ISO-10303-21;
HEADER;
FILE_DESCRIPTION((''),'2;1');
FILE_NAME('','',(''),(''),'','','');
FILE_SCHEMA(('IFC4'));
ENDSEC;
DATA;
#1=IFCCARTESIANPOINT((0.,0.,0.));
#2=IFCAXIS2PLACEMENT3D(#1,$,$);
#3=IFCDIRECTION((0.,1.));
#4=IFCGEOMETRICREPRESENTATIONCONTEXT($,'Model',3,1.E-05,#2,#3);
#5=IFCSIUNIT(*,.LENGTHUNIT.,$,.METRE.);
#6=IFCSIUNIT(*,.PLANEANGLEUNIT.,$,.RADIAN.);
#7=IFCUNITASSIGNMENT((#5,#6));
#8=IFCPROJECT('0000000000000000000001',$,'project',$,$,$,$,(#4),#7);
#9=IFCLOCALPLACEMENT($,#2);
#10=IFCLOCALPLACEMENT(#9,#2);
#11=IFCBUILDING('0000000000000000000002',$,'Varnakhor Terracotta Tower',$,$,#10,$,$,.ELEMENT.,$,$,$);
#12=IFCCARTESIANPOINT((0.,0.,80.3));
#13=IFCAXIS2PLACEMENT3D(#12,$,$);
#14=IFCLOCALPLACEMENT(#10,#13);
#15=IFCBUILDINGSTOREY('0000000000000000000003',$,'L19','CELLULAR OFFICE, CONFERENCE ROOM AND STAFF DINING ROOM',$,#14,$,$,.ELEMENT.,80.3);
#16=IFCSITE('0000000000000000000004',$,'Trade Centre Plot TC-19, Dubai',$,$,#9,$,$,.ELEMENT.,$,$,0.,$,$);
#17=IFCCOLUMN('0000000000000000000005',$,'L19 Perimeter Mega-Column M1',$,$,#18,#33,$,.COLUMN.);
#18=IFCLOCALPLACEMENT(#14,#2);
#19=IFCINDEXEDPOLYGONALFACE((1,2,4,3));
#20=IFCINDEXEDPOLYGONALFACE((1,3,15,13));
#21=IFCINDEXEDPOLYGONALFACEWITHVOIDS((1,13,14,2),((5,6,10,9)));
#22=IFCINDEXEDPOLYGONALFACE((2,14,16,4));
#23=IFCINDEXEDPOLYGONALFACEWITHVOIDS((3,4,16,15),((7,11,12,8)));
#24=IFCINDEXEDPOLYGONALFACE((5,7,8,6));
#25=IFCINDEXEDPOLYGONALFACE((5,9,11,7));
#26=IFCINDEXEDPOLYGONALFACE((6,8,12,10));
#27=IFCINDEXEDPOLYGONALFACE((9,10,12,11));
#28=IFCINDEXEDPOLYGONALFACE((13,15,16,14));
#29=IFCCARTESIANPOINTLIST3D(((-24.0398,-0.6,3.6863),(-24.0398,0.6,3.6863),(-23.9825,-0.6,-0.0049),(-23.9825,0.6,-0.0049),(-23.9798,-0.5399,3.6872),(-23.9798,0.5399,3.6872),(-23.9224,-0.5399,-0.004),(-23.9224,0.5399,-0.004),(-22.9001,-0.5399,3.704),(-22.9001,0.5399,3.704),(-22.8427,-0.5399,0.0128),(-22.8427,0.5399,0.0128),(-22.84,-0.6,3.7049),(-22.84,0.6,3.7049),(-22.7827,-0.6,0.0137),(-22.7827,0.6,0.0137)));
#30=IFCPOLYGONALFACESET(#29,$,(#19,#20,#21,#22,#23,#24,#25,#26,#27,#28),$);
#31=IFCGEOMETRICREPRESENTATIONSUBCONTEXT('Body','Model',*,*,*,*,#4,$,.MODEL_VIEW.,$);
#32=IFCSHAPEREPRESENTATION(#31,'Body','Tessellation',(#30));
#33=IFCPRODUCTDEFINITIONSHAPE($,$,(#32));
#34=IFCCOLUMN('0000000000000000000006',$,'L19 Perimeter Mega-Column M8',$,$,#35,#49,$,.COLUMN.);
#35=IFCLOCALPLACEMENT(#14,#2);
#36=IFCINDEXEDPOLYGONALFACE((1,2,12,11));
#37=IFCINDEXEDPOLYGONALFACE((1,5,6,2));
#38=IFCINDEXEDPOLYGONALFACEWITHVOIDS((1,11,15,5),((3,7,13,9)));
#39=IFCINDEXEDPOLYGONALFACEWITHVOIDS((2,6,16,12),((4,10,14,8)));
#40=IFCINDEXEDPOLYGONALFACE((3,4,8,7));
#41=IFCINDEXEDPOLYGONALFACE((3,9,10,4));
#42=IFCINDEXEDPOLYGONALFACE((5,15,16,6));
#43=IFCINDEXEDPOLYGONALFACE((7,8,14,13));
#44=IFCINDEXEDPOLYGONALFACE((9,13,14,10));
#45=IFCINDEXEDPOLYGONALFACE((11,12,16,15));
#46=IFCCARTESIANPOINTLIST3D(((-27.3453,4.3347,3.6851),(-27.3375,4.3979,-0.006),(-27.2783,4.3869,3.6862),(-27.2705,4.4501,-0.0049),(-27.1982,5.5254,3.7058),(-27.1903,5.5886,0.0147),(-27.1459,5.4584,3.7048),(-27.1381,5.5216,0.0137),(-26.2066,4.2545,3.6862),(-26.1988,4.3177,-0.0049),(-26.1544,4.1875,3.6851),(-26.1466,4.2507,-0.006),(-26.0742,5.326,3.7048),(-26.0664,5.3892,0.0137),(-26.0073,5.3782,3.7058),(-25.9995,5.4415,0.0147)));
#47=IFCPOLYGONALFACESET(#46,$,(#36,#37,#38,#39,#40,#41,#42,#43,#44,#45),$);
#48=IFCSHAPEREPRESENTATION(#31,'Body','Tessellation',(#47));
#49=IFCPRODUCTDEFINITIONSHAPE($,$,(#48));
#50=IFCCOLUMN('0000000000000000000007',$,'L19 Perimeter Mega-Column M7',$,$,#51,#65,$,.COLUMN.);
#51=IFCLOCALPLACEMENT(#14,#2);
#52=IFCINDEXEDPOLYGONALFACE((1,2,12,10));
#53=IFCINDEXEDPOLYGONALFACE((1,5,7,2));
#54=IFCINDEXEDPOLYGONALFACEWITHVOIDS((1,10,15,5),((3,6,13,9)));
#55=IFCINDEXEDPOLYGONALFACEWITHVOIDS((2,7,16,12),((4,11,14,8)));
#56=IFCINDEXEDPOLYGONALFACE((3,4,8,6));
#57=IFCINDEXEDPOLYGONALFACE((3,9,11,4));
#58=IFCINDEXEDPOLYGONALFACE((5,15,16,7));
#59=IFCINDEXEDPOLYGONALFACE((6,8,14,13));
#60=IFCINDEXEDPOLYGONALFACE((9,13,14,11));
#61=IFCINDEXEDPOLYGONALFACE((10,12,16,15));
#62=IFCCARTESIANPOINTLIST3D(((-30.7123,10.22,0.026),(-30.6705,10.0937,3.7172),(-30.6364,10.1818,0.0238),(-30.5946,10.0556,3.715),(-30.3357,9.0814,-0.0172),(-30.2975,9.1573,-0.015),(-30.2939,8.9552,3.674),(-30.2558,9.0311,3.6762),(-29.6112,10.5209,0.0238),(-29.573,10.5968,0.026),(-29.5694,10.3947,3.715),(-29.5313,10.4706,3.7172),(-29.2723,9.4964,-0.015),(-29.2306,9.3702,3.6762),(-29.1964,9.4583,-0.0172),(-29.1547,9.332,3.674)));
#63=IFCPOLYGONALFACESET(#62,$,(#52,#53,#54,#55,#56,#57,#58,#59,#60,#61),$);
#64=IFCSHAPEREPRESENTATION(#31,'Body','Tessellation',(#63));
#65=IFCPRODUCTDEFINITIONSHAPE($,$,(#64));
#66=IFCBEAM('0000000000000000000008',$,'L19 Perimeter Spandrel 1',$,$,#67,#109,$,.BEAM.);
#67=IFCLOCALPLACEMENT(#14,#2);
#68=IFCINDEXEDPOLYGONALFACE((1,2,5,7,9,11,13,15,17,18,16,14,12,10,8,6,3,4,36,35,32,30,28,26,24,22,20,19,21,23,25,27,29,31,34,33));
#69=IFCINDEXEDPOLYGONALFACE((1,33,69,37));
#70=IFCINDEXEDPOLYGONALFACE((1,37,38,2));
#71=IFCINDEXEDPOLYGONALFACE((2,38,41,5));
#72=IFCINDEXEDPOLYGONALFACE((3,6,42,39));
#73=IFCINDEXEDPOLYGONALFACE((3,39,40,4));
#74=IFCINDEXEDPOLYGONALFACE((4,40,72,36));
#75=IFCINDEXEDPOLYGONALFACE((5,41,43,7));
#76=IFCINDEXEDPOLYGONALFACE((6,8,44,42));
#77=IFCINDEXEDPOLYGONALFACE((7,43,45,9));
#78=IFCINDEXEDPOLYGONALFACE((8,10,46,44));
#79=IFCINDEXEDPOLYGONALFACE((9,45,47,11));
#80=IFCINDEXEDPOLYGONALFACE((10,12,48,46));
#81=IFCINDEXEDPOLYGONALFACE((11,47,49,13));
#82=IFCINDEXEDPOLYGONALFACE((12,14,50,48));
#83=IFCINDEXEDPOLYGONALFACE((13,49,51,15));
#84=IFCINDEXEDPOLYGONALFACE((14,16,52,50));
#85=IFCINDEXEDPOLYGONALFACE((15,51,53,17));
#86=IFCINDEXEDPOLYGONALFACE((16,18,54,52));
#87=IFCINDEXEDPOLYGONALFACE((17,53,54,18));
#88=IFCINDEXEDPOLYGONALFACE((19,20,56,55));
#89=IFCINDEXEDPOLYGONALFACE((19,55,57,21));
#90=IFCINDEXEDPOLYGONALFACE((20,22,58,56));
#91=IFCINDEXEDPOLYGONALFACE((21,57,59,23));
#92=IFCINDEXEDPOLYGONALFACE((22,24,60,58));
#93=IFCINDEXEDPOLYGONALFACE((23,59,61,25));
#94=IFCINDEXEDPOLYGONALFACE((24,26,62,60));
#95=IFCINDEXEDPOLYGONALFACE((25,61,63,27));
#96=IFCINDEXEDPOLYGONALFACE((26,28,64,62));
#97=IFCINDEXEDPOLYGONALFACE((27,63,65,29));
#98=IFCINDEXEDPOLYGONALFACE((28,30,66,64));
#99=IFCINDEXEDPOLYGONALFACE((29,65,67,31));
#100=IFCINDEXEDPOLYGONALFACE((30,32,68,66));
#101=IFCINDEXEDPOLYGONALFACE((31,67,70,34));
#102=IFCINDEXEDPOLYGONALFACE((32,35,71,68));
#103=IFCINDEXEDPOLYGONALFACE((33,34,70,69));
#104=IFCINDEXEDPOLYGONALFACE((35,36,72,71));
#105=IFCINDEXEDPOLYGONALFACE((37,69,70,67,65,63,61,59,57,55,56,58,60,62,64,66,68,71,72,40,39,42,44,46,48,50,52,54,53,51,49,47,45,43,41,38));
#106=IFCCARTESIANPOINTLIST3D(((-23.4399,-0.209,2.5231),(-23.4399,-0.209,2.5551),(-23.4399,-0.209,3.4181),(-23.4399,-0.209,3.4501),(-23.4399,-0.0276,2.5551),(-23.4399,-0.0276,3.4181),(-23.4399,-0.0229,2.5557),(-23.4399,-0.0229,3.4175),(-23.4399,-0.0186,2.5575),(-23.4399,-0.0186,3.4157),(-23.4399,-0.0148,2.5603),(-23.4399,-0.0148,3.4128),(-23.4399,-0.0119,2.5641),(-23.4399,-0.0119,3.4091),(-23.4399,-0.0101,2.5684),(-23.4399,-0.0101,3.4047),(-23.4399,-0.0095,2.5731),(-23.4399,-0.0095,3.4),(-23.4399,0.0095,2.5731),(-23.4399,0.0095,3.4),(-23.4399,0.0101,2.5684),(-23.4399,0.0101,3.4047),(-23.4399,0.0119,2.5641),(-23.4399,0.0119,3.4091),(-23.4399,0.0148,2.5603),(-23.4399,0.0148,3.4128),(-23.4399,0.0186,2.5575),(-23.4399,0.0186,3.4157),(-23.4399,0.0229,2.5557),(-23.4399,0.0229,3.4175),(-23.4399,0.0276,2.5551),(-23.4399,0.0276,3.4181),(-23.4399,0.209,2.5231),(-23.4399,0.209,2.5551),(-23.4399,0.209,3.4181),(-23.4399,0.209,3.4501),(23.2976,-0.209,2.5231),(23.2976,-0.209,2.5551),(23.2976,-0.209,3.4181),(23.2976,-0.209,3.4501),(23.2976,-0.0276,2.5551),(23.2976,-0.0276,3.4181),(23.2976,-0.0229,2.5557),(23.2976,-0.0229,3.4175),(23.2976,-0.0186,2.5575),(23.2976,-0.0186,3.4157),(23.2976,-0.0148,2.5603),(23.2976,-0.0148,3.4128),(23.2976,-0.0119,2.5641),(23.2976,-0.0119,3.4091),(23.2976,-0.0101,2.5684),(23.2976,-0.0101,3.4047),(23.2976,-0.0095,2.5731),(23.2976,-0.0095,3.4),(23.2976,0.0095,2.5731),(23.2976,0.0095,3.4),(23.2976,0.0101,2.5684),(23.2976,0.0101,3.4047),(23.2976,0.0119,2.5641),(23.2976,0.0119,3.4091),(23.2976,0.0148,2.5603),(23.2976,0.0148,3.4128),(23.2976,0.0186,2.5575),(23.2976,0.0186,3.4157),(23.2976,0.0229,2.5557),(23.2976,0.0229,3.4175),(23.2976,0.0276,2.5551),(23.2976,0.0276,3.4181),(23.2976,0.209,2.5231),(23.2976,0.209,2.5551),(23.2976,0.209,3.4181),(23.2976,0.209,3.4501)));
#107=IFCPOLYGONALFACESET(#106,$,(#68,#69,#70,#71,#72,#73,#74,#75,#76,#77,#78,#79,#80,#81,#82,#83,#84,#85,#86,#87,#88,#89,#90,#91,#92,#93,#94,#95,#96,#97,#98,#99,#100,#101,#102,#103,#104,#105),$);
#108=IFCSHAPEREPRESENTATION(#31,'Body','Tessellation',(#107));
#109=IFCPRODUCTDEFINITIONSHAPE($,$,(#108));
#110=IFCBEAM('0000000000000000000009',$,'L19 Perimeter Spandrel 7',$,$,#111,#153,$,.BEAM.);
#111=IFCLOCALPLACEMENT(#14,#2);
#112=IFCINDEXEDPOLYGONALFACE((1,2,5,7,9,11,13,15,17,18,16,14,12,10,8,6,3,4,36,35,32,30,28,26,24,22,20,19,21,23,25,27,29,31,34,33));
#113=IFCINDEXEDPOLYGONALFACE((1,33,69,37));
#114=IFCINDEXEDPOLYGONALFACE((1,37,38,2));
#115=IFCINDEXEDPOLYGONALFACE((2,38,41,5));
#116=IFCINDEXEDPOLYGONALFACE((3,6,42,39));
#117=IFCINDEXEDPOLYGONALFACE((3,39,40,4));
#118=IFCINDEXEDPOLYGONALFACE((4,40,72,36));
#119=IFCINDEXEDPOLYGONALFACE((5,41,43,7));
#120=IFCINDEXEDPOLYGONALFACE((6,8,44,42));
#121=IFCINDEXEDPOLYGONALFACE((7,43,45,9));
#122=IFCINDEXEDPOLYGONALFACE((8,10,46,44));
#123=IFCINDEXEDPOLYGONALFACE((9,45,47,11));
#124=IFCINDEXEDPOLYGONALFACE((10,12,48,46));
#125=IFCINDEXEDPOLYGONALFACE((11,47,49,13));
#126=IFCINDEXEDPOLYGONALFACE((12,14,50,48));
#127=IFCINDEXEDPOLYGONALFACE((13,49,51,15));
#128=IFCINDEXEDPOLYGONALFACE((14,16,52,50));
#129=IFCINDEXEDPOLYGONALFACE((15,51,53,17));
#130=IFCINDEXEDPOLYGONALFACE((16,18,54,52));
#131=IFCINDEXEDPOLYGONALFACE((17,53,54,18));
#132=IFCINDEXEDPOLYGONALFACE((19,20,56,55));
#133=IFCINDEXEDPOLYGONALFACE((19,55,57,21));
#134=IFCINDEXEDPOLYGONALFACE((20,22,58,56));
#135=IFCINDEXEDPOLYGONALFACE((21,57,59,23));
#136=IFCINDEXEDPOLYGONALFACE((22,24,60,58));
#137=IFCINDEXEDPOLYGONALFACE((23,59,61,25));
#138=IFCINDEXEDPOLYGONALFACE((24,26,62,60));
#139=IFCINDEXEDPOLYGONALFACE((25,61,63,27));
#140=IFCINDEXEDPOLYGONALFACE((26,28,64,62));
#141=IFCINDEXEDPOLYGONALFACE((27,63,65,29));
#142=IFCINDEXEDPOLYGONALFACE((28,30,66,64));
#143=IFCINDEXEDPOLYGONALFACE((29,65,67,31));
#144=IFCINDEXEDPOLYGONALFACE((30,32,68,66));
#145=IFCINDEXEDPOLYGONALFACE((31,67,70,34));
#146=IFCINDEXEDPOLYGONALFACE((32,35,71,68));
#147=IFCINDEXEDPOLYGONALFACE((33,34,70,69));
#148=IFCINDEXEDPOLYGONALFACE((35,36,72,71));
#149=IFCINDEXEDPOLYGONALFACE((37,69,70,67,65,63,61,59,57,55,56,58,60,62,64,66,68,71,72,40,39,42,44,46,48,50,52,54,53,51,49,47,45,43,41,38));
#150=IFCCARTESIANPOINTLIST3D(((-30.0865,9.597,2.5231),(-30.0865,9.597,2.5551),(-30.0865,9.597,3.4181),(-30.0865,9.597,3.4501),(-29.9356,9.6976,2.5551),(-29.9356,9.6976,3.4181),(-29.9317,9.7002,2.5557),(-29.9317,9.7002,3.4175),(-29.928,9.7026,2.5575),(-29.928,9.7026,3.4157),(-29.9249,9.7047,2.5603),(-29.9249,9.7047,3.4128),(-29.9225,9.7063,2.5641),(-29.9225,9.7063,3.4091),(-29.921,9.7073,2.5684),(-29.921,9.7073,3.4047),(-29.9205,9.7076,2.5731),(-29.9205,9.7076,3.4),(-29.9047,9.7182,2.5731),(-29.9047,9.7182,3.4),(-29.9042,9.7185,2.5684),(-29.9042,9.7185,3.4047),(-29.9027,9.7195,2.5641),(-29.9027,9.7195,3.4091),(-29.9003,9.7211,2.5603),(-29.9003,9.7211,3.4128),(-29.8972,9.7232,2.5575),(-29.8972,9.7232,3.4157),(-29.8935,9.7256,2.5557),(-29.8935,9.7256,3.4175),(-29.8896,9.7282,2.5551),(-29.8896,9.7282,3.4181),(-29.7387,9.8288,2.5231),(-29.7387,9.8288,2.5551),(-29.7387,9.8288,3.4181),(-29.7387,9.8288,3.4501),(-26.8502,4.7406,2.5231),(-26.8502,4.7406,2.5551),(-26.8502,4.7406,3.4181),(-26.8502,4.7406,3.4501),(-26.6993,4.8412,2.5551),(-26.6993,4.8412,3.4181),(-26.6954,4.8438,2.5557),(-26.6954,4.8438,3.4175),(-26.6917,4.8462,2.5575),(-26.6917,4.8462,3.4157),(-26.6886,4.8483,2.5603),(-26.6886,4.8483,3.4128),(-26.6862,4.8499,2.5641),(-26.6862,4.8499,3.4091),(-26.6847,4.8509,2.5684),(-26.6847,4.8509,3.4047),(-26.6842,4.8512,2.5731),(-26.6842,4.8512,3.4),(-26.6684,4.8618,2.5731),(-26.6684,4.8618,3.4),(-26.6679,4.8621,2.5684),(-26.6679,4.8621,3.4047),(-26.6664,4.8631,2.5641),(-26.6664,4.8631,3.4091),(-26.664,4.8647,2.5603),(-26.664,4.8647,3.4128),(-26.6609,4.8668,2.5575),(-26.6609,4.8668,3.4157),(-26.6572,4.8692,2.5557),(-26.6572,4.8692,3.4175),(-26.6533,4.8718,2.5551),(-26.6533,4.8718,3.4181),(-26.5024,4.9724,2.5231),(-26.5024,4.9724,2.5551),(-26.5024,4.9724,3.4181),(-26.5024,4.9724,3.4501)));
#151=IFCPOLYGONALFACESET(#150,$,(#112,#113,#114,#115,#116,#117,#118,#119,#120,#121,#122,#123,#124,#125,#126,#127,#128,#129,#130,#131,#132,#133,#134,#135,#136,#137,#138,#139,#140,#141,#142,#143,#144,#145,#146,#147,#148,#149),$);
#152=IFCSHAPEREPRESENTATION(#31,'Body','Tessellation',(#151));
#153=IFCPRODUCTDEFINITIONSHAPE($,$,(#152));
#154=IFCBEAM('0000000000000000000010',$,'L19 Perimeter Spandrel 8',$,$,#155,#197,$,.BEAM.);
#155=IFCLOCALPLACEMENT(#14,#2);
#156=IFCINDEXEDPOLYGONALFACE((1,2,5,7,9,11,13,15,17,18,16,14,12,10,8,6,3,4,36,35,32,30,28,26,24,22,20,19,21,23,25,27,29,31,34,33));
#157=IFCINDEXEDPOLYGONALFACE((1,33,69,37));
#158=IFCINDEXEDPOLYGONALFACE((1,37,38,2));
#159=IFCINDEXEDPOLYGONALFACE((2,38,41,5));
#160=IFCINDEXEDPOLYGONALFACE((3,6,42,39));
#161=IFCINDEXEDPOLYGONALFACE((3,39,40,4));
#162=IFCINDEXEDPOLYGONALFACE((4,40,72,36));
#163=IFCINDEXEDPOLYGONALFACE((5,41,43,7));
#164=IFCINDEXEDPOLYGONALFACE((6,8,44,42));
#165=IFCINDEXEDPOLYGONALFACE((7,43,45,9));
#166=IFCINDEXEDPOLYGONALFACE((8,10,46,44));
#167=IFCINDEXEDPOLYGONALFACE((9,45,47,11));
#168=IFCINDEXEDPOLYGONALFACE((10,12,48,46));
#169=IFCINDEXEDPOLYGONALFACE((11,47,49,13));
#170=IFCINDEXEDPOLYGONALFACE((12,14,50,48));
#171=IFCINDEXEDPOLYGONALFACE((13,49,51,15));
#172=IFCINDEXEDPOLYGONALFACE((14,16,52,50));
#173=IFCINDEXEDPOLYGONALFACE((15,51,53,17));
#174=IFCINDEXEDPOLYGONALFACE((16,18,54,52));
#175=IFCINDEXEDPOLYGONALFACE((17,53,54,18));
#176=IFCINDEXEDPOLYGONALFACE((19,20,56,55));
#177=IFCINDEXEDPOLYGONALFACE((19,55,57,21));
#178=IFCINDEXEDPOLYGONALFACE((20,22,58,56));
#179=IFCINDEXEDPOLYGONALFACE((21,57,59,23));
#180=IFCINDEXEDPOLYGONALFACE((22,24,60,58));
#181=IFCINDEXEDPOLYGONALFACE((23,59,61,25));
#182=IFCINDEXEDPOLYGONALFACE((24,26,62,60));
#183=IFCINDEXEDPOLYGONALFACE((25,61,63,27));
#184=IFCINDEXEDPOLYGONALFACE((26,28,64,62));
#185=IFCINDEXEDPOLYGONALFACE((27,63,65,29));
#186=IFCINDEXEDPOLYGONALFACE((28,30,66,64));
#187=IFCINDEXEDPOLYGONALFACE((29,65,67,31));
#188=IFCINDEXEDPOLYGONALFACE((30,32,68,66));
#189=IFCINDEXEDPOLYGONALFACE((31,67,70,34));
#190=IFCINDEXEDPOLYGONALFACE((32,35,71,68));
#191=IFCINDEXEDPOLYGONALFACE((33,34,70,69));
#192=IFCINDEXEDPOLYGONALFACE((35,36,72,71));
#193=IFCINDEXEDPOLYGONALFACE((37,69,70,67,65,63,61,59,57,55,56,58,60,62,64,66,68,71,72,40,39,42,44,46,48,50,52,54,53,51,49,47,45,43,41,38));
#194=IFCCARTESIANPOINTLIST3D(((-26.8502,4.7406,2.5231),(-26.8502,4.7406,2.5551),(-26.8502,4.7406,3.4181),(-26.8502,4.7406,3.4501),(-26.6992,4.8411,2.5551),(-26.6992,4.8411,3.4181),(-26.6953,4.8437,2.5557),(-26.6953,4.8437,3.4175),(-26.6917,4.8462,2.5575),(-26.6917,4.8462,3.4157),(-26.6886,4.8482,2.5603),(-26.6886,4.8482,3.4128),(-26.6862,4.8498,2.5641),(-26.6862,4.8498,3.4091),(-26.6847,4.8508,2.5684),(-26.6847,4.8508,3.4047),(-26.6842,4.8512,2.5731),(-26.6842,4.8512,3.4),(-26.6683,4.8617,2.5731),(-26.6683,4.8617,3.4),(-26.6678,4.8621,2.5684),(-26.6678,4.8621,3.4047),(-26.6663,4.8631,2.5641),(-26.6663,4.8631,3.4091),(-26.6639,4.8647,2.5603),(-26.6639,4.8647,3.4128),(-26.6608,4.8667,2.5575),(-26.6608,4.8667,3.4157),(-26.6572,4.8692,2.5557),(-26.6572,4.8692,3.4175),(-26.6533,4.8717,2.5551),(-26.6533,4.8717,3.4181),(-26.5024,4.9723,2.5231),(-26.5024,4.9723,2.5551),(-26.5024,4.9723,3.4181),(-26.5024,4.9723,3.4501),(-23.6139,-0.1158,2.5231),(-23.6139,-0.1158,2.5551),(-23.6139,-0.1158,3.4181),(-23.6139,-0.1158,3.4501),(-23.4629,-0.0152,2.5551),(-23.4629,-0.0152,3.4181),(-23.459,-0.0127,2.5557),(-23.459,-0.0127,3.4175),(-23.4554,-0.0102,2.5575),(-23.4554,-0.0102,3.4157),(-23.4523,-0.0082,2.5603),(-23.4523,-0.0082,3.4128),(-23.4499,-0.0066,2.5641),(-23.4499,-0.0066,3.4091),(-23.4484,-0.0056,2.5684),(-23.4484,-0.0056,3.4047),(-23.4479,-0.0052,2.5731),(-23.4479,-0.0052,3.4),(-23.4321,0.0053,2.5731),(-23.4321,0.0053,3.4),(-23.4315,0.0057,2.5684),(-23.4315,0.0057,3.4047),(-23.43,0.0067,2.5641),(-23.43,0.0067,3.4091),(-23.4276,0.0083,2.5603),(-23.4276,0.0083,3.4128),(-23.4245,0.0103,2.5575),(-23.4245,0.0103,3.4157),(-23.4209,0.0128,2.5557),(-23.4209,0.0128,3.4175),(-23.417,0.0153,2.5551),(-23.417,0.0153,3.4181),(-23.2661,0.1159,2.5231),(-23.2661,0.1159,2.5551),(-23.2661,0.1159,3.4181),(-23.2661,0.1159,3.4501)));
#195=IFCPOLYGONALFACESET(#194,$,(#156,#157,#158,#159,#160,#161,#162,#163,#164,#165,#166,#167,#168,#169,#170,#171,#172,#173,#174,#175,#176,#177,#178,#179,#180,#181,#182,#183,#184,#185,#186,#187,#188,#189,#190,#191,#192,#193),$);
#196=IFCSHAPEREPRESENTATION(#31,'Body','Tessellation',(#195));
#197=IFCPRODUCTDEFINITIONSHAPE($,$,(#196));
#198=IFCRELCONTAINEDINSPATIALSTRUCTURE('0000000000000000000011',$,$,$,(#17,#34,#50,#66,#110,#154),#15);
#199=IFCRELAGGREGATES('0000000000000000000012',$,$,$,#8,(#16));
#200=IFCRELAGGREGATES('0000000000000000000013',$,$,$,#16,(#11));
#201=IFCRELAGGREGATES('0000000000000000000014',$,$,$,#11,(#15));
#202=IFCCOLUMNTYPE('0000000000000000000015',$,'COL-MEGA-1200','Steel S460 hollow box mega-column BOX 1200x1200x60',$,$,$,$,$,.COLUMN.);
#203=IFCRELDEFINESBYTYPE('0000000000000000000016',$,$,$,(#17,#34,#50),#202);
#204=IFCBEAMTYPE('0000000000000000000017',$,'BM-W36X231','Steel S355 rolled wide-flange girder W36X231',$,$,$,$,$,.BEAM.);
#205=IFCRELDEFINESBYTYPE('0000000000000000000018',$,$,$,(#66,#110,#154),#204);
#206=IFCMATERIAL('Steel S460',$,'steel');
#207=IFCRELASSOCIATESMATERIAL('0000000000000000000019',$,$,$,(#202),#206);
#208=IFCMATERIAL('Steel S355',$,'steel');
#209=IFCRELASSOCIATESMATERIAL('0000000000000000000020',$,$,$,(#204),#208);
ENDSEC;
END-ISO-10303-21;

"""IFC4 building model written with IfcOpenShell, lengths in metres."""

from ifc_helpers import new_model, si_unit, direction, frame, origin, origin_2d, place, context, subcontext, project, spatial, hollow_rectangle, i_section, extrude, source, transform, mapped, material, material_profile, profile_set, type_object, type_shapes, element, save


model = new_model("IFC4")

# Units and contexts
model_context = context("Model", 3, precision=1e-05, world=origin(), true_north=direction((0.0, 1.0)))
body_context = subcontext(model_context, "Body", "Model", "MODEL_VIEW")
ifc_project = project(units=[si_unit("LENGTHUNIT", "METRE"), si_unit("PLANEANGLEUNIT", "RADIAN")], contexts=[model_context])

# Site, building, storey
site_placement = place(None, origin())
site = spatial("IfcSite", under=ifc_project, at=site_placement, Name="Trade Centre Plot TC-19, Dubai", CompositionType="ELEMENT", RefElevation=0.0)
building_placement = place(site_placement, origin())
building = spatial("IfcBuilding", under=site, at=building_placement, Name="Varnakhor Terracotta Tower", CompositionType="ELEMENT")
storey_placement = place(building_placement, frame((0.0, 0.0, 80.3)))
storey = spatial("IfcBuildingStorey", under=building, at=storey_placement, Name="L19", Description="CELLULAR OFFICE, CONFERENCE ROOM AND STAFF DINING ROOM", CompositionType="ELEMENT", Elevation=80.3)

# Columns
ifc_material_1 = material(Name="Steel S460", Category="steel")
ifc_material_profile_1 = material_profile(ifc_material_1, hollow_rectangle(XDim=1.2, YDim=1.2, WallThickness=0.0601, at=origin_2d()), Name="BOX 1200x1200x60")
ifc_profile_set_1 = profile_set([ifc_material_profile_1], Name="Steel S460")
column_type = type_object("IfcColumnType", Name="COL-MEGA-1200", Description="Steel S460 hollow box mega-column BOX 1200x1200x60", PredefinedType="COLUMN", material=ifc_profile_set_1)
shared_shape_1 = source(origin(), body_context, "Body", "SweptSolid", [
    extrude(hollow_rectangle(XDim=1.2, YDim=1.2, WallThickness=0.0601, at=origin_2d()), origin(), (0.0, 0.0, 1.0), 3.6917),
])
type_shapes(column_type, [shared_shape_1])
for number, where, z_axis, x_axis, name in (
    (1, (-23.3826, 0.0, 0.0044), (-0.015541, 0.0, 0.999879), (0.0, -1.0, 0.0), "L19 Perimeter Mega-Column M1"),
    (2, (-26.6685, 4.9197, 0.0044), (-0.002116, -0.017128, 0.999851), (0.992454, -0.12262, 0.0), "L19 Perimeter Mega-Column M8"),
):
    element("IfcColumn", number, at=place(storey_placement, frame(where, z_axis=z_axis, x_axis=x_axis)), inside=storey, type_object=column_type, Name=name, PredefinedType="COLUMN", context=body_context, shape_type="MappedRepresentation", body=[
        mapped(shared_shape_1, transform((0.0, 0.0, 0.0), scale=1.0)),
    ])
shared_shape_2 = source(origin(), body_context, "Body", "SweptSolid", [
    extrude(hollow_rectangle(XDim=1.2, YDim=1.2, WallThickness=0.0601, at=origin_2d()), origin(), (0.0, 0.0, 1.0), 3.6936),
])
column_placement = place(storey_placement, frame((-29.9543, 9.8391, 0.0044), z_axis=(0.011303, -0.034173, 0.999352), x_axis=(0.949415, 0.314023, 0.0)))
element("IfcColumn", 3, at=column_placement, inside=storey, type_object=column_type, Name="L19 Perimeter Mega-Column M7", PredefinedType="COLUMN", context=body_context, shape_type="MappedRepresentation", body=[
    mapped(shared_shape_2, transform((0.0, 0.0, 0.0), scale=1.0)),
])

# Beams
ifc_material_2 = material(Name="Steel S355", Category="steel")
ifc_material_profile_2 = material_profile(ifc_material_2, i_section(OverallWidth=0.418, OverallDepth=0.927, WebThickness=0.019, FlangeThickness=0.032, FilletRadius=0.0181, at=origin_2d()), Name="W36X231")
ifc_profile_set_2 = profile_set([ifc_material_profile_2], Name="Steel S355")
beam_type_1 = type_object("IfcBeamType", Name="BM-W36X231", Description="Steel S355 rolled wide-flange girder W36X231", PredefinedType="BEAM", material=ifc_profile_set_2)
shared_shape_3 = source(origin(), body_context, "Body", "SweptSolid", [
    extrude(i_section(OverallWidth=0.418, OverallDepth=0.927, WebThickness=0.019, FlangeThickness=0.032, FilletRadius=0.0181, at=origin_2d()), origin(), (0.0, 0.0, 1.0), 46.7375),
])
beam_1_placement = place(storey_placement, frame((-23.4399, 0.0, 2.9866), z_axis=(1.0, 0.0, 0.0), x_axis=(0.0, 1.0, 0.0)))
element("IfcBeam", 4, at=beam_1_placement, inside=storey, type_object=beam_type_1, Name="L19 Perimeter Spandrel 1", PredefinedType="BEAM", context=body_context, shape_type="MappedRepresentation", body=[
    mapped(shared_shape_3, transform((0.0, 0.0, 0.0), scale=1.0)),
])
shared_shape_4 = source(origin(), body_context, "Body", "SweptSolid", [
    extrude(i_section(OverallWidth=0.418, OverallDepth=0.927, WebThickness=0.019, FlangeThickness=0.032, FilletRadius=0.0181, at=origin_2d()), origin(), (0.0, 0.0, 1.0), 5.8359),
])
for number, where, z_axis, x_axis, name in (
    (5, (-29.9126, 9.7129, 2.9866), (0.554546, -0.832153, 0.0), (0.832153, 0.554546, 0.0), "L19 Perimeter Spandrel 7"),
    (6, (-26.6763, 4.8564, 2.9866), (0.554546, -0.832153, 0.0), (0.832153, 0.554546, 0.0), "L19 Perimeter Spandrel 8"),
):
    element("IfcBeam", number, at=place(storey_placement, frame(where, z_axis=z_axis, x_axis=x_axis)), inside=storey, type_object=beam_type_1, Name=name, PredefinedType="BEAM", context=body_context, shape_type="MappedRepresentation", body=[
        mapped(shared_shape_4, transform((0.0, 0.0, 0.0), scale=1.0)),
    ])

save(model, "model.ifc")
